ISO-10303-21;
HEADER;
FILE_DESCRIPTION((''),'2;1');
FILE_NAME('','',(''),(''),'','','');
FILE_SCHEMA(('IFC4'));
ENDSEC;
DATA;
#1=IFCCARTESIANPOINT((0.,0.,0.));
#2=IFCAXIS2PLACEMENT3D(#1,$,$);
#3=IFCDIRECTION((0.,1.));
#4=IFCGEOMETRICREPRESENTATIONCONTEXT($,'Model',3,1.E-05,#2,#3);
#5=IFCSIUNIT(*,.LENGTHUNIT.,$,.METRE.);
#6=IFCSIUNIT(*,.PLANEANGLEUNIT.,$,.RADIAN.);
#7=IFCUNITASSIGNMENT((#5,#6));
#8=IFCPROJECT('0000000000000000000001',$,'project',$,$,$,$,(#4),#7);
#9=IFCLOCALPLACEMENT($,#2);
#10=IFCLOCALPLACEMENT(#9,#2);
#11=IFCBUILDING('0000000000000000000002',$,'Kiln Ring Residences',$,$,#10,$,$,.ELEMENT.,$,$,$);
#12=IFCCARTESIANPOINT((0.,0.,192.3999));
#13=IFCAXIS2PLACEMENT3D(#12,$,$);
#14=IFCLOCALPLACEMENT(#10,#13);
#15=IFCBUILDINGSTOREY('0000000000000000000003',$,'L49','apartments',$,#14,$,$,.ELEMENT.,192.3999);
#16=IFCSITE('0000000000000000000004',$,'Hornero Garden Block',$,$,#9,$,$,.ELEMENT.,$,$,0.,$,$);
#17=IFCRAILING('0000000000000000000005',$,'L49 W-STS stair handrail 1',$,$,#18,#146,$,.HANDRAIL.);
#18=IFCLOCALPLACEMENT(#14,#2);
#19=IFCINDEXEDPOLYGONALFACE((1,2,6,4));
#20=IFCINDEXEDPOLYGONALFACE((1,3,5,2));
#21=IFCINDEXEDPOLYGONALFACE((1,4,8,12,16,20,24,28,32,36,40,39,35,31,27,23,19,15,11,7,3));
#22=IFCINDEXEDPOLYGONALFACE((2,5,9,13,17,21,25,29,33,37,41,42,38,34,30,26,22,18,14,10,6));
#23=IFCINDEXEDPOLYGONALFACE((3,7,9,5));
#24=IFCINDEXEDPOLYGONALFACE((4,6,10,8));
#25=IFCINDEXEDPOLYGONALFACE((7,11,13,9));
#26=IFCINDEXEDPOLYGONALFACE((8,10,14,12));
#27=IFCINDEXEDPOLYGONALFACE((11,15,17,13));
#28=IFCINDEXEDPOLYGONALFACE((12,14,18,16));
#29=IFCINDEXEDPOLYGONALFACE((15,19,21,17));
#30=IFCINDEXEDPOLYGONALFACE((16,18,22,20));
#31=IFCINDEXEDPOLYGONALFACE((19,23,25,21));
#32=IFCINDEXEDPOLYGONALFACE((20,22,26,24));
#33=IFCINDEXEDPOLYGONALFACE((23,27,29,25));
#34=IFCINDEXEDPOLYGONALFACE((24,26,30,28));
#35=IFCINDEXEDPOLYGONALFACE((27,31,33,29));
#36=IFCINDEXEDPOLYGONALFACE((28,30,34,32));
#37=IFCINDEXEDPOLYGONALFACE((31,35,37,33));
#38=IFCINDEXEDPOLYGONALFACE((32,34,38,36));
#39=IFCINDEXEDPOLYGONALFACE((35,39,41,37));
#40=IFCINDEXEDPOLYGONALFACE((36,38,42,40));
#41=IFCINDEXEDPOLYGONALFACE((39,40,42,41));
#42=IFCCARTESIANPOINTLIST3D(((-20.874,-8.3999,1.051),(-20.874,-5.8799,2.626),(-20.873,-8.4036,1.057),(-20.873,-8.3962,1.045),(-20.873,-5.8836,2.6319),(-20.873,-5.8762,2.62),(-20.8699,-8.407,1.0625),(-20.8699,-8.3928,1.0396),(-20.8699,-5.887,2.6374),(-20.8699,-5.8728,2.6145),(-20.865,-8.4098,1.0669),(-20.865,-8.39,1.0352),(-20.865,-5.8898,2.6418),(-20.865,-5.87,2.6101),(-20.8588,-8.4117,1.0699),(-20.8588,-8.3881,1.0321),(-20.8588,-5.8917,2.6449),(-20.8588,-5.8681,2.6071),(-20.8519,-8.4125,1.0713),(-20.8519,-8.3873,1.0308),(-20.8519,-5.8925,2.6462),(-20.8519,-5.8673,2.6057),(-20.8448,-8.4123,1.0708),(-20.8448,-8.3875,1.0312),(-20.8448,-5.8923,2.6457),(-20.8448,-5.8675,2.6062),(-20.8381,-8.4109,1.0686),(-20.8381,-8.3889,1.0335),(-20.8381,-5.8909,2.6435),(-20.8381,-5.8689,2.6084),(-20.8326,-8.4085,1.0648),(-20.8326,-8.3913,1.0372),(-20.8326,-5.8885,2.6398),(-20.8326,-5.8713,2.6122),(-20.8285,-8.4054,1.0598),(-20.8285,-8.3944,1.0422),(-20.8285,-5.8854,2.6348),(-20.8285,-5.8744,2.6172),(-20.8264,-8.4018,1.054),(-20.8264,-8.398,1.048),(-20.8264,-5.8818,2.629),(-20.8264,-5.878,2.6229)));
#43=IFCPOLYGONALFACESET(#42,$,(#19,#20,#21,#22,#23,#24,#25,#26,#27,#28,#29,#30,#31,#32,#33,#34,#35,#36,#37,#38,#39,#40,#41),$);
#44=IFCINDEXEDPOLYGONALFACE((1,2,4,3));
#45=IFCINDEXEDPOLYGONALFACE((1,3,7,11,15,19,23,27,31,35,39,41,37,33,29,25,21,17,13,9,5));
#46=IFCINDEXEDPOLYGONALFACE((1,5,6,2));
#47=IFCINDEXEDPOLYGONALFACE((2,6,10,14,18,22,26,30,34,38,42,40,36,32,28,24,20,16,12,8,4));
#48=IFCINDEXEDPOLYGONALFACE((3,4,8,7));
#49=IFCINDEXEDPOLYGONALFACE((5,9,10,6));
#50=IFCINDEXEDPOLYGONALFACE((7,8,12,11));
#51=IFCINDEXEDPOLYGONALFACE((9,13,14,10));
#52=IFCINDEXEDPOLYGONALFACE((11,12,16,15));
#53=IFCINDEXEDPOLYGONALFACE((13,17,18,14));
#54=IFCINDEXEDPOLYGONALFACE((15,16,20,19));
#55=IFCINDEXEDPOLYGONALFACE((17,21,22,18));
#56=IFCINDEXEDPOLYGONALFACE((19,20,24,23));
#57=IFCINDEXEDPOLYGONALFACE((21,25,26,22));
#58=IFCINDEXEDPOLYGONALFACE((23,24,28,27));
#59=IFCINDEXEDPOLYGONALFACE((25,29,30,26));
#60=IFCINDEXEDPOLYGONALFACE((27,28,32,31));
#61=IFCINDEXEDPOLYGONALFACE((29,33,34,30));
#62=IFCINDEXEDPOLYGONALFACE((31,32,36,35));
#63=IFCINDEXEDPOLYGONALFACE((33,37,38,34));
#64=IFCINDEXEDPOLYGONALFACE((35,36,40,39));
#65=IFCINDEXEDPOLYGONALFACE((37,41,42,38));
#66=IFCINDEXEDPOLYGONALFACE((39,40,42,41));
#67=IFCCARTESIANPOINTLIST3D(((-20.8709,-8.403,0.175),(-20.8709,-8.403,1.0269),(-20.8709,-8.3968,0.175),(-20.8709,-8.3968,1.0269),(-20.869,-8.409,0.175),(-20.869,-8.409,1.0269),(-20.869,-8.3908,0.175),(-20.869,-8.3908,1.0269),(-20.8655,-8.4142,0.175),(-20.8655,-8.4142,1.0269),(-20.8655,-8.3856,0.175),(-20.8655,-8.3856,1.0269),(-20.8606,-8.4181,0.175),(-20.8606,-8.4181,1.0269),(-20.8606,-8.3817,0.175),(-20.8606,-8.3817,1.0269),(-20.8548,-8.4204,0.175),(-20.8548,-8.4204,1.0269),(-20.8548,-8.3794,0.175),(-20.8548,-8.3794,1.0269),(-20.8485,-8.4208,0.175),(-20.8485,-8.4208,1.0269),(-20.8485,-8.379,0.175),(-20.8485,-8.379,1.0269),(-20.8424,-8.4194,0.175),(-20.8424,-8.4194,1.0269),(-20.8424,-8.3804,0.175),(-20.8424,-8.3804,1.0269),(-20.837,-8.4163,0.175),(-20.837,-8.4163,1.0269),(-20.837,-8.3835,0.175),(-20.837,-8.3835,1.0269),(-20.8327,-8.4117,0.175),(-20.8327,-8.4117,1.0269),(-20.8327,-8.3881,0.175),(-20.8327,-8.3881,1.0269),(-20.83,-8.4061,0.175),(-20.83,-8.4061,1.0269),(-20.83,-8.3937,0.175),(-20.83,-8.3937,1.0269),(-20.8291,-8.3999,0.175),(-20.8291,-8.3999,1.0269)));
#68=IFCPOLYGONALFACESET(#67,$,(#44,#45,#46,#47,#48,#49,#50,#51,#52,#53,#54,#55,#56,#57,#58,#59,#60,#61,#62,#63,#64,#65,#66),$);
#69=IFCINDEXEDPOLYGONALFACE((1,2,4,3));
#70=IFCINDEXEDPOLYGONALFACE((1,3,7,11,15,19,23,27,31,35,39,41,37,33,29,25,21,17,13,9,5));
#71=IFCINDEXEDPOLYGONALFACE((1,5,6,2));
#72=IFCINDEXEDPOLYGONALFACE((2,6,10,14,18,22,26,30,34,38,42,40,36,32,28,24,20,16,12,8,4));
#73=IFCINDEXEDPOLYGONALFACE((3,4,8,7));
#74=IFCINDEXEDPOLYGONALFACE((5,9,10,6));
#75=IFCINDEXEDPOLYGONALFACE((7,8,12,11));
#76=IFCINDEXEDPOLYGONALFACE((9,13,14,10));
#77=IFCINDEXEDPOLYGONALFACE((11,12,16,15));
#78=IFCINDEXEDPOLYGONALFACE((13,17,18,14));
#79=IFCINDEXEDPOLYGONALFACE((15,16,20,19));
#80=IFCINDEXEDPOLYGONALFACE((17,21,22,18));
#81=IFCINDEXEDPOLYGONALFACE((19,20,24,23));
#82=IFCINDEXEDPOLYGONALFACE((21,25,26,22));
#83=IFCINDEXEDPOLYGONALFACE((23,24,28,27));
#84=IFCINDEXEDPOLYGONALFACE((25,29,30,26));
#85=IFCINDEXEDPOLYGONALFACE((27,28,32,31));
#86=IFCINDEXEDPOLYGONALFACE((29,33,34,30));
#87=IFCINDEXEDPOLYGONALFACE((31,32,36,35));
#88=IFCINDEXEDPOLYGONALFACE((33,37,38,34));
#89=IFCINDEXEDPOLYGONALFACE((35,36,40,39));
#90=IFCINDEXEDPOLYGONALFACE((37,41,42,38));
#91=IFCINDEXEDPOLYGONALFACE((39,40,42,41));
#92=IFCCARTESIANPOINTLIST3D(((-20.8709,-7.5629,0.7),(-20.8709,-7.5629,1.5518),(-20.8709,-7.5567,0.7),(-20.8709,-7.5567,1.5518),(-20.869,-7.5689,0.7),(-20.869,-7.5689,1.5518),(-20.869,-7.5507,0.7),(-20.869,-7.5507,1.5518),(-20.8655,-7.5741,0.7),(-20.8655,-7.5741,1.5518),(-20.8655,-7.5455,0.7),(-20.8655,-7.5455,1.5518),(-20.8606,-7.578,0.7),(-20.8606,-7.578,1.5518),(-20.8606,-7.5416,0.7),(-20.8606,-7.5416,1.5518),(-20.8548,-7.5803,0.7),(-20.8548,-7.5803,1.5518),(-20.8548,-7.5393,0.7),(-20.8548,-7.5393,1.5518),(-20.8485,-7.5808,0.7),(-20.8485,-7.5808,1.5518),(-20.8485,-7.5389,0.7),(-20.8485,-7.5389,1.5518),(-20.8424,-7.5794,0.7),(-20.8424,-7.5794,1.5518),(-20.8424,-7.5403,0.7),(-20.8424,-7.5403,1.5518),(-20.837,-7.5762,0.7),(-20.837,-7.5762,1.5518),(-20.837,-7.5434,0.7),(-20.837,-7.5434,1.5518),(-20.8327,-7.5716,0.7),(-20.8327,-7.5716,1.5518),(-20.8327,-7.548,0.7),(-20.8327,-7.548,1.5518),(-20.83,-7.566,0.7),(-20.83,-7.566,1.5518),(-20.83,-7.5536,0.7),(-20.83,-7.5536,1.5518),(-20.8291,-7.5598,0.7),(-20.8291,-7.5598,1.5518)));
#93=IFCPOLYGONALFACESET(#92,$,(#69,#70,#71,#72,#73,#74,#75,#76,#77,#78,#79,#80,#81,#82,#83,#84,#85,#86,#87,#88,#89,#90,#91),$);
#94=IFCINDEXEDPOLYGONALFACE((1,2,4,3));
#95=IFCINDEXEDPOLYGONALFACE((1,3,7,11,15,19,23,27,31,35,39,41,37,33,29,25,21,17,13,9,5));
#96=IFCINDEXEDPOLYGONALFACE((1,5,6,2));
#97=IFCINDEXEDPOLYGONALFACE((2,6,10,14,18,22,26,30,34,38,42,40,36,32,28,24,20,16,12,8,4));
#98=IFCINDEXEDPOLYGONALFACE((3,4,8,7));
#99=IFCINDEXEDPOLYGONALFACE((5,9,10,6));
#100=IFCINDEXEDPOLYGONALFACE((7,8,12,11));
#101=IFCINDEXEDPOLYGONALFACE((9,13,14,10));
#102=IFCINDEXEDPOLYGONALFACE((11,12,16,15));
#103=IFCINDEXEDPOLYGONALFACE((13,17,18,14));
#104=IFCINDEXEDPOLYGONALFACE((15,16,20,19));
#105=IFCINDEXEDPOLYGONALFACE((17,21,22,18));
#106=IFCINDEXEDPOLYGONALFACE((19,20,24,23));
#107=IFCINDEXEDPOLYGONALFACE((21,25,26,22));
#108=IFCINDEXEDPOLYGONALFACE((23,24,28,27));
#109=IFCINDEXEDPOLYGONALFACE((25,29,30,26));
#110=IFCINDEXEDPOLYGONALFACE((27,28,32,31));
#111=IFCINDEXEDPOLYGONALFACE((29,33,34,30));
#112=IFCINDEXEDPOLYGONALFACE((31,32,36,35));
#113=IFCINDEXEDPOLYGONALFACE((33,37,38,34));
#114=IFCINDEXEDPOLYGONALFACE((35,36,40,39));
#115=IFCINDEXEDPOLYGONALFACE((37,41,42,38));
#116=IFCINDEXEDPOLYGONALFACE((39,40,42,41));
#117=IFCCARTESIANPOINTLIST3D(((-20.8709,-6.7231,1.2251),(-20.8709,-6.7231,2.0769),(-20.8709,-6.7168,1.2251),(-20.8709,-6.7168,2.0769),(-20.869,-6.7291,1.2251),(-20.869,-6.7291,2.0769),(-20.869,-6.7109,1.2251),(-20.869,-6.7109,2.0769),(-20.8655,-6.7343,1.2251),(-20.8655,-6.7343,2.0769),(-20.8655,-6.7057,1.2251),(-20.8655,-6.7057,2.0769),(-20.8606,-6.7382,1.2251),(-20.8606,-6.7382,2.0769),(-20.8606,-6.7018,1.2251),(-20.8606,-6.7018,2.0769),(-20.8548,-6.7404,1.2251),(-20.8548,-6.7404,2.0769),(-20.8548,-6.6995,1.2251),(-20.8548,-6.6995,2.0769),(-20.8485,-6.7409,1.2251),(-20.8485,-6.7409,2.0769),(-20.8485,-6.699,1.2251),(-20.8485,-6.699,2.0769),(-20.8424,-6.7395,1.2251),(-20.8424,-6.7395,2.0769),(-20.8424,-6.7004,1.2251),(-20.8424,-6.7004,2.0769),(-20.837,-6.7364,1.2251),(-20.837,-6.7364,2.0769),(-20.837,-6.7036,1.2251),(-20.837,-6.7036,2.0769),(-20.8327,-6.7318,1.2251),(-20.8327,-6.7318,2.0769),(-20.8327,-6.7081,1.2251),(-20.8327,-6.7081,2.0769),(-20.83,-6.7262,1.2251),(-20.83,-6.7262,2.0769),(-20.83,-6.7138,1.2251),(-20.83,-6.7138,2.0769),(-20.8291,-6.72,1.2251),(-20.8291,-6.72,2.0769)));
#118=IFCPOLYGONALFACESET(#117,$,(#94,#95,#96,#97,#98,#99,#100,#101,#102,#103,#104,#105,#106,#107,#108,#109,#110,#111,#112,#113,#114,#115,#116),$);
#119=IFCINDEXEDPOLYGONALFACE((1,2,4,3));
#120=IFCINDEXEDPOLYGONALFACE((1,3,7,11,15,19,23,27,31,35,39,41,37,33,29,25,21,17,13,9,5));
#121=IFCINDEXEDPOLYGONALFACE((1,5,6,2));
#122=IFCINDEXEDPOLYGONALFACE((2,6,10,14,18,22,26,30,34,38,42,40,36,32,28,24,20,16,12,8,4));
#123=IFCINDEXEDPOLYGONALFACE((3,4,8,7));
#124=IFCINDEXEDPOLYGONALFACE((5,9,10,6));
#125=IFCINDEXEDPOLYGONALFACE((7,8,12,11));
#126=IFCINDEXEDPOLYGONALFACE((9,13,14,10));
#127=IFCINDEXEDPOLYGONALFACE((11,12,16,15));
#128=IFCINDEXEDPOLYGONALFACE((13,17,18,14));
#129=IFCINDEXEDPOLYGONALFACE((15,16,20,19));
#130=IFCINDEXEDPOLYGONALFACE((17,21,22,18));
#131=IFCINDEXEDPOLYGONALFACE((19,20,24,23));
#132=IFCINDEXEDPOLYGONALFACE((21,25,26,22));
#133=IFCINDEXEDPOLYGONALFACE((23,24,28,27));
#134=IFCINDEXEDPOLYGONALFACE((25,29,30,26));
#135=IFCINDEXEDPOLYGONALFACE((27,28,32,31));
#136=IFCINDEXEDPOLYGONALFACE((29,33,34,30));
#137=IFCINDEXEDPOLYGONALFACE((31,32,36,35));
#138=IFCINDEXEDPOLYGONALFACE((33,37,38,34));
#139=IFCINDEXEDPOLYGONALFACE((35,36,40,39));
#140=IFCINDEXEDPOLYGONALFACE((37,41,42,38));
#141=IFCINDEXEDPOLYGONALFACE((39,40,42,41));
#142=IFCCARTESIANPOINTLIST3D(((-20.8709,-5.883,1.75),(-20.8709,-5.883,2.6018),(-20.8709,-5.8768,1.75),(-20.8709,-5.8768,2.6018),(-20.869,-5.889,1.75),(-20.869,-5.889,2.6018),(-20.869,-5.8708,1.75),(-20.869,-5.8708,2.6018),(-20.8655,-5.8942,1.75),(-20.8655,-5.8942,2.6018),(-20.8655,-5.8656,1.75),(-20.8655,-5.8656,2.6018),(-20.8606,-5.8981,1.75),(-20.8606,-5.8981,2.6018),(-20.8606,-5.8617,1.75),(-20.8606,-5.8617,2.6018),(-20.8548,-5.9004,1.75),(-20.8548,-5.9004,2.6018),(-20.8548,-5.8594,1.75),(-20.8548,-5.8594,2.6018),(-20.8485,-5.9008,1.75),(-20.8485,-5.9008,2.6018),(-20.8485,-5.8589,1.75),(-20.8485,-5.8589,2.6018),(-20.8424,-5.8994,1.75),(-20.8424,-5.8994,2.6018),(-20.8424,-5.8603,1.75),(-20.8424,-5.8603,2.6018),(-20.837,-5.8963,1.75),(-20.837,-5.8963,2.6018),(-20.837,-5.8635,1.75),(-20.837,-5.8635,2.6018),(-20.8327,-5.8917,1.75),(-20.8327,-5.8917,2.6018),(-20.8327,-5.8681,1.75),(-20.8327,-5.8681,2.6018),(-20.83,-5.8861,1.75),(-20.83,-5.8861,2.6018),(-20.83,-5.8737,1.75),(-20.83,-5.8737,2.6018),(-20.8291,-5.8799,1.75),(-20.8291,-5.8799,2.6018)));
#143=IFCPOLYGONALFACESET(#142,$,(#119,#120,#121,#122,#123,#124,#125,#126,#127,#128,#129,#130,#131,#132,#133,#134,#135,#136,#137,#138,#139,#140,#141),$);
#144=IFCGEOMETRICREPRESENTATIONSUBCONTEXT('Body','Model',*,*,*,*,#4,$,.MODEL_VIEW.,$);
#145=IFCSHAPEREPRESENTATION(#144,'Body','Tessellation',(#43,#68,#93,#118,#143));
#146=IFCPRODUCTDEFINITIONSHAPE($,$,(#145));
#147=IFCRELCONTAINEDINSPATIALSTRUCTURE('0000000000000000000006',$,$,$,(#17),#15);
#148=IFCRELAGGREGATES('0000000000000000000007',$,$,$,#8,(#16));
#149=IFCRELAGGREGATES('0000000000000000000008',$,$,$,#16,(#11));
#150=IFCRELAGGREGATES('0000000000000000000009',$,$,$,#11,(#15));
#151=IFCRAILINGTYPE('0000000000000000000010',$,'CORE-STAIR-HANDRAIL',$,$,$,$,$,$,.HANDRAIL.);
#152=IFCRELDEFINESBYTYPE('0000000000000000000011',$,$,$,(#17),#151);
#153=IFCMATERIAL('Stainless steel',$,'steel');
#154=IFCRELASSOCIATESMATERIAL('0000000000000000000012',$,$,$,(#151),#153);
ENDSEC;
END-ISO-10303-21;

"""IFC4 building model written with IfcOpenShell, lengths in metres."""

from ifc_helpers import new_model, si_unit, direction, frame, origin, origin_2d, place, context, subcontext, project, spatial, circle, extrude, material, type_object, element, save


model = new_model("IFC4")

# Units and contexts
model_context = context("Model", 3, precision=1e-05, world=origin(), true_north=direction((0.0, 1.0)))
body_context = subcontext(model_context, "Body", "Model", "MODEL_VIEW")
ifc_project = project(units=[si_unit("LENGTHUNIT", "METRE"), si_unit("PLANEANGLEUNIT", "RADIAN")], contexts=[model_context])

# Site, building, storey
site_placement = place(None, origin())
site = spatial("IfcSite", under=ifc_project, at=site_placement, Name="Hornero Garden Block", CompositionType="ELEMENT", RefElevation=0.0)
building_placement = place(site_placement, origin())
building = spatial("IfcBuilding", under=site, at=building_placement, Name="Kiln Ring Residences", CompositionType="ELEMENT")
storey_placement = place(building_placement, frame((0.0, 0.0, 192.3999)))
storey = spatial("IfcBuildingStorey", under=building, at=storey_placement, Name="L49", Description="apartments", CompositionType="ELEMENT", Elevation=192.3999)

# Railing
ifc_material_1 = material(Name="Stainless steel", Category="steel")
railing_type_1 = type_object("IfcRailingType", Name="CORE-STAIR-HANDRAIL", PredefinedType="HANDRAIL", material=ifc_material_1)
railing_1_placement = place(storey_placement, frame((-20.8501, -8.3999, 0.175)))
element("IfcRailing", 1, at=railing_1_placement, inside=storey, type_object=railing_type_1, Name="L49 W-STS stair handrail 1", PredefinedType="HANDRAIL", context=body_context, shape_type="SweptSolid", body=[
    extrude(circle(Radius=0.0239, at=origin_2d()), frame((0.0, 0.0, 0.876), z_axis=(0.0, 0.848008, 0.529984), x_axis=(-1.0, 0.0, 0.0)), (0.0, 0.0, 1.0), 2.9717),
    extrude(circle(Radius=0.021, at=origin_2d()), origin(), (0.0, 0.0, 1.0), 0.8518),
    extrude(circle(Radius=0.021, at=origin_2d()), frame((0.0, 0.8401, 0.5249)), (0.0, 0.0, 1.0), 0.8518),
    extrude(circle(Radius=0.021, at=origin_2d()), frame((0.0, 1.6799, 1.05)), (0.0, 0.0, 1.0), 0.8518),
    extrude(circle(Radius=0.021, at=origin_2d()), frame((0.0, 2.52, 1.575)), (0.0, 0.0, 1.0), 0.8518),
])

save(model, "model.ifc")
